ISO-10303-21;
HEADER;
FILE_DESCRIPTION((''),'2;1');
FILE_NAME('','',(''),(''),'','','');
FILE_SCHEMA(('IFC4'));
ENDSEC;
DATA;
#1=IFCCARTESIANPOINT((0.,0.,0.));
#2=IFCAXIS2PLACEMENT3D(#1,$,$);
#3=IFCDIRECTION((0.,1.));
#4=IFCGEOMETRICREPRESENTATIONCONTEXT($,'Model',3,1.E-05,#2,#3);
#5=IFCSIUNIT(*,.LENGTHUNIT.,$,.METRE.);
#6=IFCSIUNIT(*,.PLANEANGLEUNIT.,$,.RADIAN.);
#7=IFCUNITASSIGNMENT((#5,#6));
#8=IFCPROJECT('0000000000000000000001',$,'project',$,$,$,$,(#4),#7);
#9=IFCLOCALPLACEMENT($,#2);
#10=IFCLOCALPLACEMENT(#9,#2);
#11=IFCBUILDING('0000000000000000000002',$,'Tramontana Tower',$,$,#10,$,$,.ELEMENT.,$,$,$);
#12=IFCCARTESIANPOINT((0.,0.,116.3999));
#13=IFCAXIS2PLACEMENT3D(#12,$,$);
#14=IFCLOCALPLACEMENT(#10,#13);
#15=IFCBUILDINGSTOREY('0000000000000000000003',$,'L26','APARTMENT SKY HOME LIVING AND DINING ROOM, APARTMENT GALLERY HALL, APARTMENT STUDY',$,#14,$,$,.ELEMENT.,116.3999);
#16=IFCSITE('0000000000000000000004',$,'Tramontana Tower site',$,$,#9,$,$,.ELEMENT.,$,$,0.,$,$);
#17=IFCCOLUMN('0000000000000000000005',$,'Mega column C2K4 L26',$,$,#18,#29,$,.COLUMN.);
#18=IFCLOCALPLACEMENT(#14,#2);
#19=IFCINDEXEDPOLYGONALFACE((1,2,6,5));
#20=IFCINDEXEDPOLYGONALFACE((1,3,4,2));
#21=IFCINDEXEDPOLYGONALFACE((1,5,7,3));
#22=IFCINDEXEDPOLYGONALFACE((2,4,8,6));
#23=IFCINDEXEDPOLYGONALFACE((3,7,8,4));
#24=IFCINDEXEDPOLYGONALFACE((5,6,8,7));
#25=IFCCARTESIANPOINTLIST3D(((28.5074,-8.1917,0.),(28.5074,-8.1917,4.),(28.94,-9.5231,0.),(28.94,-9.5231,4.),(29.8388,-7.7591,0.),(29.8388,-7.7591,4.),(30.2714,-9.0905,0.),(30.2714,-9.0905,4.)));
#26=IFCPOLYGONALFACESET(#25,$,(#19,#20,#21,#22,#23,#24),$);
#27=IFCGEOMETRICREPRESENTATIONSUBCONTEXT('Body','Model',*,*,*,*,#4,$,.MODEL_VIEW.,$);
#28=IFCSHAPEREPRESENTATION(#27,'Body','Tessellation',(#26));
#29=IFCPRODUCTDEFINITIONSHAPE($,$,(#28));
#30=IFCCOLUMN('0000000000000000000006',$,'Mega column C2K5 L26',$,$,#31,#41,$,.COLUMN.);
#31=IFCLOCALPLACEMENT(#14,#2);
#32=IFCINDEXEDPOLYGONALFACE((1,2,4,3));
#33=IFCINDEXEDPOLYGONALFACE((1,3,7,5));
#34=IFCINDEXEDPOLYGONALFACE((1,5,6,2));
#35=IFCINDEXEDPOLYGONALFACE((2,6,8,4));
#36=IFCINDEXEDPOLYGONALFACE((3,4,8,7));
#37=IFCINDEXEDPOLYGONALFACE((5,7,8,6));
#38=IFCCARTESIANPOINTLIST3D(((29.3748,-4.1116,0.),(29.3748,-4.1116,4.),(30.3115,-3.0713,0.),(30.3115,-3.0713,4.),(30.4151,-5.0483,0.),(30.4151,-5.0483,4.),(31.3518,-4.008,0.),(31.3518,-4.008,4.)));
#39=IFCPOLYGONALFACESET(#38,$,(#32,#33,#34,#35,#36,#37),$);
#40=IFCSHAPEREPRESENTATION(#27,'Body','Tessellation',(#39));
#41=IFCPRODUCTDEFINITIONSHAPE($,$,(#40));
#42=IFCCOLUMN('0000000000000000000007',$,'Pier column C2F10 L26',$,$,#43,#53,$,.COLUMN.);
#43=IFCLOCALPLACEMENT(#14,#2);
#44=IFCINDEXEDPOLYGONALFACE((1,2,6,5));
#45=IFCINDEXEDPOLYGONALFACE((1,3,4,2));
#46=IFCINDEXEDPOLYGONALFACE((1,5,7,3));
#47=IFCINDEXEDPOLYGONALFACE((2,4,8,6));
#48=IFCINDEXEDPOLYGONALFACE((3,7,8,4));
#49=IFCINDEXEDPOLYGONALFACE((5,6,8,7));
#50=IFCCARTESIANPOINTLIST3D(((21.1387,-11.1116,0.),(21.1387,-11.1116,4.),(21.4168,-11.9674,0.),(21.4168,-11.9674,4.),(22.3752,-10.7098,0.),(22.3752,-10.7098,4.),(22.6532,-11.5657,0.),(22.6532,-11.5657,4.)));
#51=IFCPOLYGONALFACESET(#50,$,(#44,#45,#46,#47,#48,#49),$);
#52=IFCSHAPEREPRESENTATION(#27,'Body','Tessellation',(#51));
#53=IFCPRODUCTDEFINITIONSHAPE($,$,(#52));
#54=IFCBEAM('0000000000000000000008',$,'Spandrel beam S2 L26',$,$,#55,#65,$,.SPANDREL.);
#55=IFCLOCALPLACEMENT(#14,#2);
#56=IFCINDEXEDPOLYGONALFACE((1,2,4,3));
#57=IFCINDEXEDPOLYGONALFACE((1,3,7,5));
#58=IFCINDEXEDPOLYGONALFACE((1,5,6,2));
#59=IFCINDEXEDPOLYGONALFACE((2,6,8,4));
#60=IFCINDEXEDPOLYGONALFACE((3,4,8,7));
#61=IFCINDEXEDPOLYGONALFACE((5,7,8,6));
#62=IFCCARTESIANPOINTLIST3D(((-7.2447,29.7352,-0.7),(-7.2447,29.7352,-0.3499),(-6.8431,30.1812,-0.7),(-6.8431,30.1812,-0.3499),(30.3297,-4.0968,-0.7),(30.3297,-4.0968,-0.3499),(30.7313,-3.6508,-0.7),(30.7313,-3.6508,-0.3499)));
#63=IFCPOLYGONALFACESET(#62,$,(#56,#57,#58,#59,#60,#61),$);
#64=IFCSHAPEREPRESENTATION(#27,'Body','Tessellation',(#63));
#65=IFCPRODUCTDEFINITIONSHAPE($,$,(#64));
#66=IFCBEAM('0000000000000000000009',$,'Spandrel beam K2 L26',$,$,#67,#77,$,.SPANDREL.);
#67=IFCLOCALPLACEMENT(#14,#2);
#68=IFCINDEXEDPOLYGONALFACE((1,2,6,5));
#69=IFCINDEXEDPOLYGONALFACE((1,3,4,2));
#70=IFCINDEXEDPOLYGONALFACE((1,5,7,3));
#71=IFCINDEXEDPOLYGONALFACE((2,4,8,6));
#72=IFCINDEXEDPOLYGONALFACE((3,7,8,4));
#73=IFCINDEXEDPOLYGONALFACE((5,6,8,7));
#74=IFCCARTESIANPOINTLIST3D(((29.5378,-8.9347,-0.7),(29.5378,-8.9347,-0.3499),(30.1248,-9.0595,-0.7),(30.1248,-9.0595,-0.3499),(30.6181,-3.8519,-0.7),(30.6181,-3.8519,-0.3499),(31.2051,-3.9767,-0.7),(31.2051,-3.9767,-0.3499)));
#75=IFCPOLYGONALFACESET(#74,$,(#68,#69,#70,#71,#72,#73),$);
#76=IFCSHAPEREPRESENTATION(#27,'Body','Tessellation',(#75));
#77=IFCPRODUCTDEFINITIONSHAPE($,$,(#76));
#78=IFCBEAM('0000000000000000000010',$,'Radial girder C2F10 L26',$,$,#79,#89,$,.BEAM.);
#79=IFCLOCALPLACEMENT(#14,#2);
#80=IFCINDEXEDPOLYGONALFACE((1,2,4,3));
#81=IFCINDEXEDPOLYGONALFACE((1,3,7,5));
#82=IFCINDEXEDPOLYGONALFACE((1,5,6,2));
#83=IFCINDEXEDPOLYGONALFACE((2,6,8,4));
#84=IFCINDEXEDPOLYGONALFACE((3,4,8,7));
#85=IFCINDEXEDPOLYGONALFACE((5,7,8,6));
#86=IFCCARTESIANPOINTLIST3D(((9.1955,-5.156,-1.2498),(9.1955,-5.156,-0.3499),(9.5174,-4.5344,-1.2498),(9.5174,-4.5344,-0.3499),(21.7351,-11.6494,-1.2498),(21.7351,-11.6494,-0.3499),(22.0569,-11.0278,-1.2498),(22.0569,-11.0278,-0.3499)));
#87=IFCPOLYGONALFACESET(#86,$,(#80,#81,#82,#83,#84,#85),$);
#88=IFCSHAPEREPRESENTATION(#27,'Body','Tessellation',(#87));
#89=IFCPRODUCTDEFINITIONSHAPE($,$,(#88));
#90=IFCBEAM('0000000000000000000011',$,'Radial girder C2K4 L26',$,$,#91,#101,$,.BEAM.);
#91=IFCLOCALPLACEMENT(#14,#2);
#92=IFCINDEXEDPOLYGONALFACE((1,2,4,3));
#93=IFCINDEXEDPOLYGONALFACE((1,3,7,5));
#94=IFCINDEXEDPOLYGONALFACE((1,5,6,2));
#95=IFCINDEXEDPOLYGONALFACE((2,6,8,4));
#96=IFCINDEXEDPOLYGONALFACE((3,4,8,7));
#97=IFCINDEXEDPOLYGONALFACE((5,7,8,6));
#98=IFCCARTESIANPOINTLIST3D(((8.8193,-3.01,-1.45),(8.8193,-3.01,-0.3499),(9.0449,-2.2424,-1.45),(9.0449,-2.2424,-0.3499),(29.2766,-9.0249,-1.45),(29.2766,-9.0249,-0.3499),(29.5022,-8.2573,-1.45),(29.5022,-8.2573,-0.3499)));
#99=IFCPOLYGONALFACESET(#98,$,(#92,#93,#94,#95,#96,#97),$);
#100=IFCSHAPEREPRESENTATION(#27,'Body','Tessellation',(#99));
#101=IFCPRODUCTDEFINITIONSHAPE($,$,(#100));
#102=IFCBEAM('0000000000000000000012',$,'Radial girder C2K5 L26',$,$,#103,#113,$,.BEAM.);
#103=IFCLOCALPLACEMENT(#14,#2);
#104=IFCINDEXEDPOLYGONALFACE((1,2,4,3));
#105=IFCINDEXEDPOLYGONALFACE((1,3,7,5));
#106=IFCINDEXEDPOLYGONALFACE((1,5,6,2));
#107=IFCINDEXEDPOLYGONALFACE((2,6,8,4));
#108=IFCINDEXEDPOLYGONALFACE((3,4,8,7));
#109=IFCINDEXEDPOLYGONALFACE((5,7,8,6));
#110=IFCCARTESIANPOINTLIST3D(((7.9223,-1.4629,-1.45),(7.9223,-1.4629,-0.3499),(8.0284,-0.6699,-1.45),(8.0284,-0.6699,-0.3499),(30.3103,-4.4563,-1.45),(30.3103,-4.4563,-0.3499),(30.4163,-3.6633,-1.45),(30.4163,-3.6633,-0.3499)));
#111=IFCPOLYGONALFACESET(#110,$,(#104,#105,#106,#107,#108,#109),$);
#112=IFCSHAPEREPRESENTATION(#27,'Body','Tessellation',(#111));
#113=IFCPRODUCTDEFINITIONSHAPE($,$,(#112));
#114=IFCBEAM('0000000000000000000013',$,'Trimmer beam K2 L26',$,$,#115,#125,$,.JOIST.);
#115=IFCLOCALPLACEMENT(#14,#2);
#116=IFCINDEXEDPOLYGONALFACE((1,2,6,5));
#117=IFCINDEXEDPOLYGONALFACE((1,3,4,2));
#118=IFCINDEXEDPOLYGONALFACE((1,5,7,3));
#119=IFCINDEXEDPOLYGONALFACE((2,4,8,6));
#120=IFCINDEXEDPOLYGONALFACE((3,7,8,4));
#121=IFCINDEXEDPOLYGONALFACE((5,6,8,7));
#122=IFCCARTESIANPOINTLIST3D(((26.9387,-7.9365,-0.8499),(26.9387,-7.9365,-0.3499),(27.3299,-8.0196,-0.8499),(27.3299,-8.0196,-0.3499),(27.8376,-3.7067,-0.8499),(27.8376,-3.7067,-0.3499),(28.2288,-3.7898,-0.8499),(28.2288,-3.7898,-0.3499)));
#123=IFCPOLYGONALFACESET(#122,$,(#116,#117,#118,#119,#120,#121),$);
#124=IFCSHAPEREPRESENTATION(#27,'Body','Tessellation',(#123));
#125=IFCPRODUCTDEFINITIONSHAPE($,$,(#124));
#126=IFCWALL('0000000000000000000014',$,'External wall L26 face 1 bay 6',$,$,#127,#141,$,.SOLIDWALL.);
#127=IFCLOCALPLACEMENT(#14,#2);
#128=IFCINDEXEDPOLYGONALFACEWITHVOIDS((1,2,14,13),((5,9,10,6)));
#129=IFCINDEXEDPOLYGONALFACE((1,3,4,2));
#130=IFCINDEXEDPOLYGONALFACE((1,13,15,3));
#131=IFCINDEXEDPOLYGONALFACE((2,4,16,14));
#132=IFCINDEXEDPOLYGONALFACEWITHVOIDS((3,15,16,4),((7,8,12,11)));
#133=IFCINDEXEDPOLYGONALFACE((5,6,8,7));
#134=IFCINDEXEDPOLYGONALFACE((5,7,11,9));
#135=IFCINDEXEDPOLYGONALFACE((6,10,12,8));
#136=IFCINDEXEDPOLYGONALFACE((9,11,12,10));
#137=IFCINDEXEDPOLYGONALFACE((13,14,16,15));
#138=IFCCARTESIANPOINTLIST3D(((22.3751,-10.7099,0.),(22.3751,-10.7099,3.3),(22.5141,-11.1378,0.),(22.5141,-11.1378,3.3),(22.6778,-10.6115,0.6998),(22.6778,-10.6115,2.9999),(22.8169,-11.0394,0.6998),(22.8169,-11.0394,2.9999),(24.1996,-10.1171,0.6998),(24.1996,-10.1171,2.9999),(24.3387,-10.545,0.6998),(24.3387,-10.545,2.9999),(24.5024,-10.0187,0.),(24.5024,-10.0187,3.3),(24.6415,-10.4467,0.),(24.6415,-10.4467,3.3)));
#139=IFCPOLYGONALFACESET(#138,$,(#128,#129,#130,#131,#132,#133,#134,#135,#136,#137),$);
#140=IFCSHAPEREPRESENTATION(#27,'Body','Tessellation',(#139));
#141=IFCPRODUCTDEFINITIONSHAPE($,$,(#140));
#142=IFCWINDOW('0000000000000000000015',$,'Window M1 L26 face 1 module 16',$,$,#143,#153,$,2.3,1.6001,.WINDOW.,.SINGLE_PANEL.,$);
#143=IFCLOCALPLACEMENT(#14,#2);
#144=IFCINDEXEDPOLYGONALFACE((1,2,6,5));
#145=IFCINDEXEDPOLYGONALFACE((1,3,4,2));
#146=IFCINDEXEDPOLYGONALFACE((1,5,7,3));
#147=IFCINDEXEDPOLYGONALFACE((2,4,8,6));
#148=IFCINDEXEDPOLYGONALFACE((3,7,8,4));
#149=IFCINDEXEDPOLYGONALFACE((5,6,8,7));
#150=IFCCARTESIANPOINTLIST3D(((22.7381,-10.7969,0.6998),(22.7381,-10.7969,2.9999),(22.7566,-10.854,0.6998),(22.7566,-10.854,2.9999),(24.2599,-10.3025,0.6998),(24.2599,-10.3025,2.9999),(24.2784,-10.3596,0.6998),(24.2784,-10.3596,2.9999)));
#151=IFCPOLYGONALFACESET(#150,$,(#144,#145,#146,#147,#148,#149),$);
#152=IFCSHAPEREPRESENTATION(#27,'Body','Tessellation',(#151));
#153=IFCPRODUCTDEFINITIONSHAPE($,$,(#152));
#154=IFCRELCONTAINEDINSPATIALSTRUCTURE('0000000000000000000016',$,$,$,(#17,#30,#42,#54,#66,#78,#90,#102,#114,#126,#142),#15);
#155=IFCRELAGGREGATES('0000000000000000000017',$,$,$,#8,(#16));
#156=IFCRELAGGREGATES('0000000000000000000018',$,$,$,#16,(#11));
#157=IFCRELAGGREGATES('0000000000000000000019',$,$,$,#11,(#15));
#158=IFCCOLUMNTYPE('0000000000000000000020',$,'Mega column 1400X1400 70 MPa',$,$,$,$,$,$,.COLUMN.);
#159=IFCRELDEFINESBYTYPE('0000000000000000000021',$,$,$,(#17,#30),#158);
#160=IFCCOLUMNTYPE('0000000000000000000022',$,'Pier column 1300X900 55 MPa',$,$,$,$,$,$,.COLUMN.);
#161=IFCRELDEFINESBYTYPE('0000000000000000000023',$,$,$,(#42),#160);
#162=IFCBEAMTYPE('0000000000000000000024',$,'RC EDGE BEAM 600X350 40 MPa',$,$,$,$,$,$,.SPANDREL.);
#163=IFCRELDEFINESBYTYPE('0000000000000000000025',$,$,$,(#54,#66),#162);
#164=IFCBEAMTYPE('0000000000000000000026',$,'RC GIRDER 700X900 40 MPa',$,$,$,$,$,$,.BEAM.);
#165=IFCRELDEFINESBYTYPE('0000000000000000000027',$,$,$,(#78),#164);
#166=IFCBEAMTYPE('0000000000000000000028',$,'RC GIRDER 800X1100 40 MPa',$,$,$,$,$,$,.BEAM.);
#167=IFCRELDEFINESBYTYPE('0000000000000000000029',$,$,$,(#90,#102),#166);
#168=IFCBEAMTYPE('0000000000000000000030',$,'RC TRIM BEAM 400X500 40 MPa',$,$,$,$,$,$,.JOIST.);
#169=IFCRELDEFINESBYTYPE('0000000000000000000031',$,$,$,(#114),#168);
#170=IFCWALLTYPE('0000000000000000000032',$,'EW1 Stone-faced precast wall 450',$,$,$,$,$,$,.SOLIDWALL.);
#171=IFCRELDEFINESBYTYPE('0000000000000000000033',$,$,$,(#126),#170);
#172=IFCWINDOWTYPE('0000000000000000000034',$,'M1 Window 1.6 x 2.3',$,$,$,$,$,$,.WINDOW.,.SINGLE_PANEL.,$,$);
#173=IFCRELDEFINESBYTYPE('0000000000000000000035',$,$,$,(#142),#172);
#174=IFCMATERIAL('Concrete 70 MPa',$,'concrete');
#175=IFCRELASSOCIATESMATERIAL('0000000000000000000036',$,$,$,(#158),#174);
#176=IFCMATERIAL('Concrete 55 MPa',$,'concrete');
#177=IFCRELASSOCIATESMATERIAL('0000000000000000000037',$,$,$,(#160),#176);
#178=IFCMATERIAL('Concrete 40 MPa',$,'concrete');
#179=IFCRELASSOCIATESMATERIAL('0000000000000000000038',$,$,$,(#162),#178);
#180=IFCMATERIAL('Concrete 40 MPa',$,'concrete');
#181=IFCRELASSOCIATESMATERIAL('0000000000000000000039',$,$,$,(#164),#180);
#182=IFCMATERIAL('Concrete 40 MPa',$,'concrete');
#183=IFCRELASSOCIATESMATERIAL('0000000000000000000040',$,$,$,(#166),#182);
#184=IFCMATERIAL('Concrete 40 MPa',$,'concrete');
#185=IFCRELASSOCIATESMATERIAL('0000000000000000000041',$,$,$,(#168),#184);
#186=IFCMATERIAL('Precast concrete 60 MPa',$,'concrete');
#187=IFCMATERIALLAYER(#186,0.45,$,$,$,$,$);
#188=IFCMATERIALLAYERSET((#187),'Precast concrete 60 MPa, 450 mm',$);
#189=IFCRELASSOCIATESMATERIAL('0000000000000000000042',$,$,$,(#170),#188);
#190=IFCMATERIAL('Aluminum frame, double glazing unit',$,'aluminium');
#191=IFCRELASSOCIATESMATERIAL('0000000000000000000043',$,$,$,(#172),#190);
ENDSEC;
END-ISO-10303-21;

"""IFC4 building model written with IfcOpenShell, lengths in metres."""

from ifc_helpers import new_model, si_unit, direction, frame, frame_2d, origin, origin_2d, place, context, subcontext, project, spatial, rectangle, extrude, material, layer, layer_set, material_profile, profile_set, type_object, element, fill, save


model = new_model("IFC4")

# Units and contexts
model_context = context("Model", 3, precision=1e-05, world=origin(), true_north=direction((0.0, 1.0)))
body_context = subcontext(model_context, "Body", "Model", "MODEL_VIEW")
ifc_project = project(units=[si_unit("LENGTHUNIT", "METRE"), si_unit("PLANEANGLEUNIT", "RADIAN")], contexts=[model_context])

# Site, building, storey
site_placement = place(None, origin())
site = spatial("IfcSite", under=ifc_project, at=site_placement, Name="Tramontana Tower site", CompositionType="ELEMENT", RefElevation=0.0)
building_placement = place(site_placement, origin())
building = spatial("IfcBuilding", under=site, at=building_placement, Name="Tramontana Tower", CompositionType="ELEMENT")
storey_placement = place(building_placement, frame((0.0, 0.0, 116.3999)))
storey = spatial("IfcBuildingStorey", under=building, at=storey_placement, Name="L26", Description="APARTMENT SKY HOME LIVING AND DINING ROOM, APARTMENT GALLERY HALL, APARTMENT STUDY", CompositionType="ELEMENT", Elevation=116.3999)

# Columns
ifc_material_1 = material(Name="Concrete 70 MPa", Category="concrete")
ifc_material_profile_1 = material_profile(ifc_material_1, rectangle(XDim=1.3999, YDim=1.3999, at=origin_2d()), Name="Mega column 1400X1400 70 MPa")
ifc_profile_set_1 = profile_set([ifc_material_profile_1], Name="Concrete 70 MPa")
column_type_1 = type_object("IfcColumnType", Name="Mega column 1400X1400 70 MPa", PredefinedType="COLUMN", material=ifc_profile_set_1)
for number, where, z_axis, x_axis, name in (
    (1, (29.3894, -8.6411, 0.0), (0.0, 0.0, 1.0), (0.951057, 0.309017, 0.0), "Mega column C2K4 L26"),
    (2, (30.3633, -4.0598, 0.0), (0.0, 0.0, 1.0), (-0.743145, 0.669131, 0.0), "Mega column C2K5 L26"),
):
    element("IfcColumn", number, at=place(storey_placement, frame(where, z_axis=z_axis, x_axis=x_axis)), inside=storey, type_object=column_type_1, Name=name, PredefinedType="COLUMN", context=body_context, shape_type="SweptSolid", body=[
        extrude(rectangle(XDim=1.3999, YDim=1.3999, at=origin_2d()), origin(), (0.0, 0.0, 1.0), 4.0),
    ])
ifc_material_2 = material(Name="Concrete 55 MPa", Category="concrete")
ifc_material_profile_2 = material_profile(ifc_material_2, rectangle(XDim=1.3, YDim=0.8999, at=origin_2d()), Name="Pier column 1300X900 55 MPa")
ifc_profile_set_2 = profile_set([ifc_material_profile_2], Name="Concrete 55 MPa")
column_type_2 = type_object("IfcColumnType", Name="Pier column 1300X900 55 MPa", PredefinedType="COLUMN", material=ifc_profile_set_2)
column_placement = place(storey_placement, frame((21.896, -11.3386, 0.0), z_axis=(0.0, 0.0, 1.0), x_axis=(0.951057, 0.309017, 0.0)))
element("IfcColumn", 3, at=column_placement, inside=storey, type_object=column_type_2, Name="Pier column C2F10 L26", PredefinedType="COLUMN", context=body_context, shape_type="SweptSolid", body=[
    extrude(rectangle(XDim=1.3, YDim=0.8999, at=origin_2d()), origin(), (0.0, 0.0, 1.0), 4.0),
])

# Beams
ifc_material_3 = material(Name="Concrete 40 MPa", Category="concrete")
ifc_material_profile_3 = material_profile(ifc_material_3, rectangle(XDim=0.6001, YDim=0.3501, at=origin_2d()), Name="RC EDGE BEAM 600X350 40 MPa")
ifc_profile_set_3 = profile_set([ifc_material_profile_3], Name="Concrete 40 MPa")
beam_type_1 = type_object("IfcBeamType", Name="RC EDGE BEAM 600X350 40 MPa", PredefinedType="SPANDREL", material=ifc_profile_set_3)
beam_1_placement = place(storey_placement, frame((30.5305, -3.8738, -0.5249), z_axis=(-0.743146, 0.669129, 0.0), x_axis=(-0.669129, -0.743146, 0.0)))
element("IfcBeam", 4, at=beam_1_placement, inside=storey, type_object=beam_type_1, Name="Spandrel beam S2 L26", PredefinedType="SPANDREL", context=body_context, shape_type="SweptSolid", body=[
    extrude(rectangle(XDim=0.6001, YDim=0.3501, at=origin_2d()), origin(), (0.0, 0.0, 1.0), 50.5613),
])
beam_2_placement = place(storey_placement, frame((29.8313, -8.9971, -0.5249), z_axis=(0.207902, 0.97815, 0.0), x_axis=(-0.97815, 0.207902, 0.0)))
element("IfcBeam", 5, at=beam_2_placement, inside=storey, type_object=beam_type_1, Name="Spandrel beam K2 L26", PredefinedType="SPANDREL", context=body_context, shape_type="SweptSolid", body=[
    extrude(rectangle(XDim=0.6001, YDim=0.3501, at=origin_2d()), origin(), (0.0, 0.0, 1.0), 5.1963),
])
ifc_material_4 = material(Name="Concrete 40 MPa", Category="concrete")
ifc_material_profile_4 = material_profile(ifc_material_4, rectangle(XDim=0.7, YDim=0.8999, at=origin_2d()), Name="RC GIRDER 700X900 40 MPa")
ifc_profile_set_4 = profile_set([ifc_material_profile_4], Name="Concrete 40 MPa")
beam_type_2 = type_object("IfcBeamType", Name="RC GIRDER 700X900 40 MPa", PredefinedType="BEAM", material=ifc_profile_set_4)
beam_3_placement = place(storey_placement, frame((21.896, -11.3386, -0.7998), z_axis=(-0.888003, 0.459838, 0.0), x_axis=(-0.459838, -0.888003, 0.0)))
element("IfcBeam", 6, at=beam_3_placement, inside=storey, type_object=beam_type_2, Name="Radial girder C2F10 L26", PredefinedType="BEAM", context=body_context, shape_type="SweptSolid", body=[
    extrude(rectangle(XDim=0.7, YDim=0.8999, at=origin_2d()), origin(), (0.0, 0.0, 1.0), 14.1211),
])
ifc_material_5 = material(Name="Concrete 40 MPa", Category="concrete")
ifc_material_profile_5 = material_profile(ifc_material_5, rectangle(XDim=0.8, YDim=1.1001, at=origin_2d()), Name="RC GIRDER 800X1100 40 MPa")
ifc_profile_set_5 = profile_set([ifc_material_profile_5], Name="Concrete 40 MPa")
beam_type_3 = type_object("IfcBeamType", Name="RC GIRDER 800X1100 40 MPa", PredefinedType="BEAM", material=ifc_profile_set_5)
beam_4_placement = place(storey_placement, frame((29.3894, -8.6411, -0.8999), z_axis=(-0.95939, 0.282082, 0.0), x_axis=(-0.282082, -0.95939, 0.0)))
element("IfcBeam", 7, at=beam_4_placement, inside=storey, type_object=beam_type_3, Name="Radial girder C2K4 L26", PredefinedType="BEAM", context=body_context, shape_type="SweptSolid", body=[
    extrude(rectangle(XDim=0.8, YDim=1.1001, at=origin_2d()), origin(), (0.0, 0.0, 1.0), 21.3232),
])
beam_5_placement = place(storey_placement, frame((30.3633, -4.0598, -0.8999), z_axis=(-0.991179, 0.132527, 0.0), x_axis=(-0.132527, -0.991179, 0.0)))
element("IfcBeam", 8, at=beam_5_placement, inside=storey, type_object=beam_type_3, Name="Radial girder C2K5 L26", PredefinedType="BEAM", context=body_context, shape_type="SweptSolid", body=[
    extrude(rectangle(XDim=0.8, YDim=1.1001, at=origin_2d()), origin(), (0.0, 0.0, 1.0), 22.5872),
])
ifc_material_6 = material(Name="Concrete 40 MPa", Category="concrete")
ifc_material_profile_6 = material_profile(ifc_material_6, rectangle(XDim=0.3999, YDim=0.5, at=origin_2d()), Name="RC TRIM BEAM 400X500 40 MPa")
ifc_profile_set_6 = profile_set([ifc_material_profile_6], Name="Concrete 40 MPa")
beam_type_4 = type_object("IfcBeamType", Name="RC TRIM BEAM 400X500 40 MPa", PredefinedType="JOIST", material=ifc_profile_set_6)
beam_6_placement = place(storey_placement, frame((27.1343, -7.978, -0.5999), z_axis=(0.207882, 0.978154, 0.0), x_axis=(-0.978154, 0.207882, 0.0)))
element("IfcBeam", 9, at=beam_6_placement, inside=storey, type_object=beam_type_4, Name="Trimmer beam K2 L26", PredefinedType="JOIST", context=body_context, shape_type="SweptSolid", body=[
    extrude(rectangle(XDim=0.3999, YDim=0.5, at=origin_2d()), origin(), (0.0, 0.0, 1.0), 4.3242),
])

# Wall, opening, window
ifc_material_7 = material(Name="Precast concrete 60 MPa", Category="concrete")
ifc_layer_1 = layer(ifc_material_7, 0.45)
ifc_layer_set_1 = layer_set([ifc_layer_1], Name="Precast concrete 60 MPa, 450 mm")
wall_type_1 = type_object("IfcWallType", Name="EW1 Stone-faced precast wall 450", PredefinedType="SOLIDWALL", material=ifc_layer_set_1)
wall_1_placement = place(storey_placement, frame((22.4446, -10.9238, 0.0), z_axis=(0.0, 0.0, 1.0), x_axis=(0.951068, 0.308982, 0.0)))
wall_1 = element("IfcWall", 10, at=wall_1_placement, inside=storey, type_object=wall_type_1, Name="External wall L26 face 1 bay 6", PredefinedType="SOLIDWALL", context=body_context, shape_type="SweptSolid", body=[
    extrude(rectangle(XDim=2.2368, YDim=0.45, at=frame_2d((1.1184, 0.0))), origin(), (0.0, 0.0, 1.0), 3.3),
])
opening_1_placement = place(wall_1_placement, frame((0.3184, 0.0, 0.7)))
opening_1 = element("IfcOpeningElement", 11, at=opening_1_placement, cuts=wall_1, PredefinedType="OPENING", context=body_context, shape_type="SweptSolid", body=[
    extrude(rectangle(XDim=1.6001, YDim=2.3, at=frame_2d((0.8, 1.1499))), frame((0.0, 0.2349, 0.0), z_axis=(0.0, -1.0, 0.0), x_axis=(1.0, 0.0, 0.0)), (0.0, 0.0, 1.0), 0.47),
])
ifc_material_8 = material(Name="Aluminum frame, double glazing unit", Category="aluminium")
window_type_1 = type_object("IfcWindowType", Name="M1 Window 1.6 x 2.3", PartitioningType="SINGLE_PANEL", PredefinedType="WINDOW", material=ifc_material_8)
window_1_placement = place(opening_1_placement, origin())
window_1 = element("IfcWindow", 12, at=window_1_placement, inside=storey, type_object=window_type_1, Name="Window M1 L26 face 1 module 16", OverallHeight=2.3, OverallWidth=1.6001, PartitioningType="SINGLE_PANEL", PredefinedType="WINDOW", context=body_context, shape_type="SweptSolid", body=[
    extrude(rectangle(XDim=1.6001, YDim=2.3, at=frame_2d((0.8, 1.1499))), frame((0.0, 0.03, 0.0), z_axis=(0.0, -1.0, 0.0), x_axis=(1.0, 0.0, 0.0)), (0.0, 0.0, 1.0), 0.0601),
])
fill(opening_1, window_1)

save(model, "model.ifc")
